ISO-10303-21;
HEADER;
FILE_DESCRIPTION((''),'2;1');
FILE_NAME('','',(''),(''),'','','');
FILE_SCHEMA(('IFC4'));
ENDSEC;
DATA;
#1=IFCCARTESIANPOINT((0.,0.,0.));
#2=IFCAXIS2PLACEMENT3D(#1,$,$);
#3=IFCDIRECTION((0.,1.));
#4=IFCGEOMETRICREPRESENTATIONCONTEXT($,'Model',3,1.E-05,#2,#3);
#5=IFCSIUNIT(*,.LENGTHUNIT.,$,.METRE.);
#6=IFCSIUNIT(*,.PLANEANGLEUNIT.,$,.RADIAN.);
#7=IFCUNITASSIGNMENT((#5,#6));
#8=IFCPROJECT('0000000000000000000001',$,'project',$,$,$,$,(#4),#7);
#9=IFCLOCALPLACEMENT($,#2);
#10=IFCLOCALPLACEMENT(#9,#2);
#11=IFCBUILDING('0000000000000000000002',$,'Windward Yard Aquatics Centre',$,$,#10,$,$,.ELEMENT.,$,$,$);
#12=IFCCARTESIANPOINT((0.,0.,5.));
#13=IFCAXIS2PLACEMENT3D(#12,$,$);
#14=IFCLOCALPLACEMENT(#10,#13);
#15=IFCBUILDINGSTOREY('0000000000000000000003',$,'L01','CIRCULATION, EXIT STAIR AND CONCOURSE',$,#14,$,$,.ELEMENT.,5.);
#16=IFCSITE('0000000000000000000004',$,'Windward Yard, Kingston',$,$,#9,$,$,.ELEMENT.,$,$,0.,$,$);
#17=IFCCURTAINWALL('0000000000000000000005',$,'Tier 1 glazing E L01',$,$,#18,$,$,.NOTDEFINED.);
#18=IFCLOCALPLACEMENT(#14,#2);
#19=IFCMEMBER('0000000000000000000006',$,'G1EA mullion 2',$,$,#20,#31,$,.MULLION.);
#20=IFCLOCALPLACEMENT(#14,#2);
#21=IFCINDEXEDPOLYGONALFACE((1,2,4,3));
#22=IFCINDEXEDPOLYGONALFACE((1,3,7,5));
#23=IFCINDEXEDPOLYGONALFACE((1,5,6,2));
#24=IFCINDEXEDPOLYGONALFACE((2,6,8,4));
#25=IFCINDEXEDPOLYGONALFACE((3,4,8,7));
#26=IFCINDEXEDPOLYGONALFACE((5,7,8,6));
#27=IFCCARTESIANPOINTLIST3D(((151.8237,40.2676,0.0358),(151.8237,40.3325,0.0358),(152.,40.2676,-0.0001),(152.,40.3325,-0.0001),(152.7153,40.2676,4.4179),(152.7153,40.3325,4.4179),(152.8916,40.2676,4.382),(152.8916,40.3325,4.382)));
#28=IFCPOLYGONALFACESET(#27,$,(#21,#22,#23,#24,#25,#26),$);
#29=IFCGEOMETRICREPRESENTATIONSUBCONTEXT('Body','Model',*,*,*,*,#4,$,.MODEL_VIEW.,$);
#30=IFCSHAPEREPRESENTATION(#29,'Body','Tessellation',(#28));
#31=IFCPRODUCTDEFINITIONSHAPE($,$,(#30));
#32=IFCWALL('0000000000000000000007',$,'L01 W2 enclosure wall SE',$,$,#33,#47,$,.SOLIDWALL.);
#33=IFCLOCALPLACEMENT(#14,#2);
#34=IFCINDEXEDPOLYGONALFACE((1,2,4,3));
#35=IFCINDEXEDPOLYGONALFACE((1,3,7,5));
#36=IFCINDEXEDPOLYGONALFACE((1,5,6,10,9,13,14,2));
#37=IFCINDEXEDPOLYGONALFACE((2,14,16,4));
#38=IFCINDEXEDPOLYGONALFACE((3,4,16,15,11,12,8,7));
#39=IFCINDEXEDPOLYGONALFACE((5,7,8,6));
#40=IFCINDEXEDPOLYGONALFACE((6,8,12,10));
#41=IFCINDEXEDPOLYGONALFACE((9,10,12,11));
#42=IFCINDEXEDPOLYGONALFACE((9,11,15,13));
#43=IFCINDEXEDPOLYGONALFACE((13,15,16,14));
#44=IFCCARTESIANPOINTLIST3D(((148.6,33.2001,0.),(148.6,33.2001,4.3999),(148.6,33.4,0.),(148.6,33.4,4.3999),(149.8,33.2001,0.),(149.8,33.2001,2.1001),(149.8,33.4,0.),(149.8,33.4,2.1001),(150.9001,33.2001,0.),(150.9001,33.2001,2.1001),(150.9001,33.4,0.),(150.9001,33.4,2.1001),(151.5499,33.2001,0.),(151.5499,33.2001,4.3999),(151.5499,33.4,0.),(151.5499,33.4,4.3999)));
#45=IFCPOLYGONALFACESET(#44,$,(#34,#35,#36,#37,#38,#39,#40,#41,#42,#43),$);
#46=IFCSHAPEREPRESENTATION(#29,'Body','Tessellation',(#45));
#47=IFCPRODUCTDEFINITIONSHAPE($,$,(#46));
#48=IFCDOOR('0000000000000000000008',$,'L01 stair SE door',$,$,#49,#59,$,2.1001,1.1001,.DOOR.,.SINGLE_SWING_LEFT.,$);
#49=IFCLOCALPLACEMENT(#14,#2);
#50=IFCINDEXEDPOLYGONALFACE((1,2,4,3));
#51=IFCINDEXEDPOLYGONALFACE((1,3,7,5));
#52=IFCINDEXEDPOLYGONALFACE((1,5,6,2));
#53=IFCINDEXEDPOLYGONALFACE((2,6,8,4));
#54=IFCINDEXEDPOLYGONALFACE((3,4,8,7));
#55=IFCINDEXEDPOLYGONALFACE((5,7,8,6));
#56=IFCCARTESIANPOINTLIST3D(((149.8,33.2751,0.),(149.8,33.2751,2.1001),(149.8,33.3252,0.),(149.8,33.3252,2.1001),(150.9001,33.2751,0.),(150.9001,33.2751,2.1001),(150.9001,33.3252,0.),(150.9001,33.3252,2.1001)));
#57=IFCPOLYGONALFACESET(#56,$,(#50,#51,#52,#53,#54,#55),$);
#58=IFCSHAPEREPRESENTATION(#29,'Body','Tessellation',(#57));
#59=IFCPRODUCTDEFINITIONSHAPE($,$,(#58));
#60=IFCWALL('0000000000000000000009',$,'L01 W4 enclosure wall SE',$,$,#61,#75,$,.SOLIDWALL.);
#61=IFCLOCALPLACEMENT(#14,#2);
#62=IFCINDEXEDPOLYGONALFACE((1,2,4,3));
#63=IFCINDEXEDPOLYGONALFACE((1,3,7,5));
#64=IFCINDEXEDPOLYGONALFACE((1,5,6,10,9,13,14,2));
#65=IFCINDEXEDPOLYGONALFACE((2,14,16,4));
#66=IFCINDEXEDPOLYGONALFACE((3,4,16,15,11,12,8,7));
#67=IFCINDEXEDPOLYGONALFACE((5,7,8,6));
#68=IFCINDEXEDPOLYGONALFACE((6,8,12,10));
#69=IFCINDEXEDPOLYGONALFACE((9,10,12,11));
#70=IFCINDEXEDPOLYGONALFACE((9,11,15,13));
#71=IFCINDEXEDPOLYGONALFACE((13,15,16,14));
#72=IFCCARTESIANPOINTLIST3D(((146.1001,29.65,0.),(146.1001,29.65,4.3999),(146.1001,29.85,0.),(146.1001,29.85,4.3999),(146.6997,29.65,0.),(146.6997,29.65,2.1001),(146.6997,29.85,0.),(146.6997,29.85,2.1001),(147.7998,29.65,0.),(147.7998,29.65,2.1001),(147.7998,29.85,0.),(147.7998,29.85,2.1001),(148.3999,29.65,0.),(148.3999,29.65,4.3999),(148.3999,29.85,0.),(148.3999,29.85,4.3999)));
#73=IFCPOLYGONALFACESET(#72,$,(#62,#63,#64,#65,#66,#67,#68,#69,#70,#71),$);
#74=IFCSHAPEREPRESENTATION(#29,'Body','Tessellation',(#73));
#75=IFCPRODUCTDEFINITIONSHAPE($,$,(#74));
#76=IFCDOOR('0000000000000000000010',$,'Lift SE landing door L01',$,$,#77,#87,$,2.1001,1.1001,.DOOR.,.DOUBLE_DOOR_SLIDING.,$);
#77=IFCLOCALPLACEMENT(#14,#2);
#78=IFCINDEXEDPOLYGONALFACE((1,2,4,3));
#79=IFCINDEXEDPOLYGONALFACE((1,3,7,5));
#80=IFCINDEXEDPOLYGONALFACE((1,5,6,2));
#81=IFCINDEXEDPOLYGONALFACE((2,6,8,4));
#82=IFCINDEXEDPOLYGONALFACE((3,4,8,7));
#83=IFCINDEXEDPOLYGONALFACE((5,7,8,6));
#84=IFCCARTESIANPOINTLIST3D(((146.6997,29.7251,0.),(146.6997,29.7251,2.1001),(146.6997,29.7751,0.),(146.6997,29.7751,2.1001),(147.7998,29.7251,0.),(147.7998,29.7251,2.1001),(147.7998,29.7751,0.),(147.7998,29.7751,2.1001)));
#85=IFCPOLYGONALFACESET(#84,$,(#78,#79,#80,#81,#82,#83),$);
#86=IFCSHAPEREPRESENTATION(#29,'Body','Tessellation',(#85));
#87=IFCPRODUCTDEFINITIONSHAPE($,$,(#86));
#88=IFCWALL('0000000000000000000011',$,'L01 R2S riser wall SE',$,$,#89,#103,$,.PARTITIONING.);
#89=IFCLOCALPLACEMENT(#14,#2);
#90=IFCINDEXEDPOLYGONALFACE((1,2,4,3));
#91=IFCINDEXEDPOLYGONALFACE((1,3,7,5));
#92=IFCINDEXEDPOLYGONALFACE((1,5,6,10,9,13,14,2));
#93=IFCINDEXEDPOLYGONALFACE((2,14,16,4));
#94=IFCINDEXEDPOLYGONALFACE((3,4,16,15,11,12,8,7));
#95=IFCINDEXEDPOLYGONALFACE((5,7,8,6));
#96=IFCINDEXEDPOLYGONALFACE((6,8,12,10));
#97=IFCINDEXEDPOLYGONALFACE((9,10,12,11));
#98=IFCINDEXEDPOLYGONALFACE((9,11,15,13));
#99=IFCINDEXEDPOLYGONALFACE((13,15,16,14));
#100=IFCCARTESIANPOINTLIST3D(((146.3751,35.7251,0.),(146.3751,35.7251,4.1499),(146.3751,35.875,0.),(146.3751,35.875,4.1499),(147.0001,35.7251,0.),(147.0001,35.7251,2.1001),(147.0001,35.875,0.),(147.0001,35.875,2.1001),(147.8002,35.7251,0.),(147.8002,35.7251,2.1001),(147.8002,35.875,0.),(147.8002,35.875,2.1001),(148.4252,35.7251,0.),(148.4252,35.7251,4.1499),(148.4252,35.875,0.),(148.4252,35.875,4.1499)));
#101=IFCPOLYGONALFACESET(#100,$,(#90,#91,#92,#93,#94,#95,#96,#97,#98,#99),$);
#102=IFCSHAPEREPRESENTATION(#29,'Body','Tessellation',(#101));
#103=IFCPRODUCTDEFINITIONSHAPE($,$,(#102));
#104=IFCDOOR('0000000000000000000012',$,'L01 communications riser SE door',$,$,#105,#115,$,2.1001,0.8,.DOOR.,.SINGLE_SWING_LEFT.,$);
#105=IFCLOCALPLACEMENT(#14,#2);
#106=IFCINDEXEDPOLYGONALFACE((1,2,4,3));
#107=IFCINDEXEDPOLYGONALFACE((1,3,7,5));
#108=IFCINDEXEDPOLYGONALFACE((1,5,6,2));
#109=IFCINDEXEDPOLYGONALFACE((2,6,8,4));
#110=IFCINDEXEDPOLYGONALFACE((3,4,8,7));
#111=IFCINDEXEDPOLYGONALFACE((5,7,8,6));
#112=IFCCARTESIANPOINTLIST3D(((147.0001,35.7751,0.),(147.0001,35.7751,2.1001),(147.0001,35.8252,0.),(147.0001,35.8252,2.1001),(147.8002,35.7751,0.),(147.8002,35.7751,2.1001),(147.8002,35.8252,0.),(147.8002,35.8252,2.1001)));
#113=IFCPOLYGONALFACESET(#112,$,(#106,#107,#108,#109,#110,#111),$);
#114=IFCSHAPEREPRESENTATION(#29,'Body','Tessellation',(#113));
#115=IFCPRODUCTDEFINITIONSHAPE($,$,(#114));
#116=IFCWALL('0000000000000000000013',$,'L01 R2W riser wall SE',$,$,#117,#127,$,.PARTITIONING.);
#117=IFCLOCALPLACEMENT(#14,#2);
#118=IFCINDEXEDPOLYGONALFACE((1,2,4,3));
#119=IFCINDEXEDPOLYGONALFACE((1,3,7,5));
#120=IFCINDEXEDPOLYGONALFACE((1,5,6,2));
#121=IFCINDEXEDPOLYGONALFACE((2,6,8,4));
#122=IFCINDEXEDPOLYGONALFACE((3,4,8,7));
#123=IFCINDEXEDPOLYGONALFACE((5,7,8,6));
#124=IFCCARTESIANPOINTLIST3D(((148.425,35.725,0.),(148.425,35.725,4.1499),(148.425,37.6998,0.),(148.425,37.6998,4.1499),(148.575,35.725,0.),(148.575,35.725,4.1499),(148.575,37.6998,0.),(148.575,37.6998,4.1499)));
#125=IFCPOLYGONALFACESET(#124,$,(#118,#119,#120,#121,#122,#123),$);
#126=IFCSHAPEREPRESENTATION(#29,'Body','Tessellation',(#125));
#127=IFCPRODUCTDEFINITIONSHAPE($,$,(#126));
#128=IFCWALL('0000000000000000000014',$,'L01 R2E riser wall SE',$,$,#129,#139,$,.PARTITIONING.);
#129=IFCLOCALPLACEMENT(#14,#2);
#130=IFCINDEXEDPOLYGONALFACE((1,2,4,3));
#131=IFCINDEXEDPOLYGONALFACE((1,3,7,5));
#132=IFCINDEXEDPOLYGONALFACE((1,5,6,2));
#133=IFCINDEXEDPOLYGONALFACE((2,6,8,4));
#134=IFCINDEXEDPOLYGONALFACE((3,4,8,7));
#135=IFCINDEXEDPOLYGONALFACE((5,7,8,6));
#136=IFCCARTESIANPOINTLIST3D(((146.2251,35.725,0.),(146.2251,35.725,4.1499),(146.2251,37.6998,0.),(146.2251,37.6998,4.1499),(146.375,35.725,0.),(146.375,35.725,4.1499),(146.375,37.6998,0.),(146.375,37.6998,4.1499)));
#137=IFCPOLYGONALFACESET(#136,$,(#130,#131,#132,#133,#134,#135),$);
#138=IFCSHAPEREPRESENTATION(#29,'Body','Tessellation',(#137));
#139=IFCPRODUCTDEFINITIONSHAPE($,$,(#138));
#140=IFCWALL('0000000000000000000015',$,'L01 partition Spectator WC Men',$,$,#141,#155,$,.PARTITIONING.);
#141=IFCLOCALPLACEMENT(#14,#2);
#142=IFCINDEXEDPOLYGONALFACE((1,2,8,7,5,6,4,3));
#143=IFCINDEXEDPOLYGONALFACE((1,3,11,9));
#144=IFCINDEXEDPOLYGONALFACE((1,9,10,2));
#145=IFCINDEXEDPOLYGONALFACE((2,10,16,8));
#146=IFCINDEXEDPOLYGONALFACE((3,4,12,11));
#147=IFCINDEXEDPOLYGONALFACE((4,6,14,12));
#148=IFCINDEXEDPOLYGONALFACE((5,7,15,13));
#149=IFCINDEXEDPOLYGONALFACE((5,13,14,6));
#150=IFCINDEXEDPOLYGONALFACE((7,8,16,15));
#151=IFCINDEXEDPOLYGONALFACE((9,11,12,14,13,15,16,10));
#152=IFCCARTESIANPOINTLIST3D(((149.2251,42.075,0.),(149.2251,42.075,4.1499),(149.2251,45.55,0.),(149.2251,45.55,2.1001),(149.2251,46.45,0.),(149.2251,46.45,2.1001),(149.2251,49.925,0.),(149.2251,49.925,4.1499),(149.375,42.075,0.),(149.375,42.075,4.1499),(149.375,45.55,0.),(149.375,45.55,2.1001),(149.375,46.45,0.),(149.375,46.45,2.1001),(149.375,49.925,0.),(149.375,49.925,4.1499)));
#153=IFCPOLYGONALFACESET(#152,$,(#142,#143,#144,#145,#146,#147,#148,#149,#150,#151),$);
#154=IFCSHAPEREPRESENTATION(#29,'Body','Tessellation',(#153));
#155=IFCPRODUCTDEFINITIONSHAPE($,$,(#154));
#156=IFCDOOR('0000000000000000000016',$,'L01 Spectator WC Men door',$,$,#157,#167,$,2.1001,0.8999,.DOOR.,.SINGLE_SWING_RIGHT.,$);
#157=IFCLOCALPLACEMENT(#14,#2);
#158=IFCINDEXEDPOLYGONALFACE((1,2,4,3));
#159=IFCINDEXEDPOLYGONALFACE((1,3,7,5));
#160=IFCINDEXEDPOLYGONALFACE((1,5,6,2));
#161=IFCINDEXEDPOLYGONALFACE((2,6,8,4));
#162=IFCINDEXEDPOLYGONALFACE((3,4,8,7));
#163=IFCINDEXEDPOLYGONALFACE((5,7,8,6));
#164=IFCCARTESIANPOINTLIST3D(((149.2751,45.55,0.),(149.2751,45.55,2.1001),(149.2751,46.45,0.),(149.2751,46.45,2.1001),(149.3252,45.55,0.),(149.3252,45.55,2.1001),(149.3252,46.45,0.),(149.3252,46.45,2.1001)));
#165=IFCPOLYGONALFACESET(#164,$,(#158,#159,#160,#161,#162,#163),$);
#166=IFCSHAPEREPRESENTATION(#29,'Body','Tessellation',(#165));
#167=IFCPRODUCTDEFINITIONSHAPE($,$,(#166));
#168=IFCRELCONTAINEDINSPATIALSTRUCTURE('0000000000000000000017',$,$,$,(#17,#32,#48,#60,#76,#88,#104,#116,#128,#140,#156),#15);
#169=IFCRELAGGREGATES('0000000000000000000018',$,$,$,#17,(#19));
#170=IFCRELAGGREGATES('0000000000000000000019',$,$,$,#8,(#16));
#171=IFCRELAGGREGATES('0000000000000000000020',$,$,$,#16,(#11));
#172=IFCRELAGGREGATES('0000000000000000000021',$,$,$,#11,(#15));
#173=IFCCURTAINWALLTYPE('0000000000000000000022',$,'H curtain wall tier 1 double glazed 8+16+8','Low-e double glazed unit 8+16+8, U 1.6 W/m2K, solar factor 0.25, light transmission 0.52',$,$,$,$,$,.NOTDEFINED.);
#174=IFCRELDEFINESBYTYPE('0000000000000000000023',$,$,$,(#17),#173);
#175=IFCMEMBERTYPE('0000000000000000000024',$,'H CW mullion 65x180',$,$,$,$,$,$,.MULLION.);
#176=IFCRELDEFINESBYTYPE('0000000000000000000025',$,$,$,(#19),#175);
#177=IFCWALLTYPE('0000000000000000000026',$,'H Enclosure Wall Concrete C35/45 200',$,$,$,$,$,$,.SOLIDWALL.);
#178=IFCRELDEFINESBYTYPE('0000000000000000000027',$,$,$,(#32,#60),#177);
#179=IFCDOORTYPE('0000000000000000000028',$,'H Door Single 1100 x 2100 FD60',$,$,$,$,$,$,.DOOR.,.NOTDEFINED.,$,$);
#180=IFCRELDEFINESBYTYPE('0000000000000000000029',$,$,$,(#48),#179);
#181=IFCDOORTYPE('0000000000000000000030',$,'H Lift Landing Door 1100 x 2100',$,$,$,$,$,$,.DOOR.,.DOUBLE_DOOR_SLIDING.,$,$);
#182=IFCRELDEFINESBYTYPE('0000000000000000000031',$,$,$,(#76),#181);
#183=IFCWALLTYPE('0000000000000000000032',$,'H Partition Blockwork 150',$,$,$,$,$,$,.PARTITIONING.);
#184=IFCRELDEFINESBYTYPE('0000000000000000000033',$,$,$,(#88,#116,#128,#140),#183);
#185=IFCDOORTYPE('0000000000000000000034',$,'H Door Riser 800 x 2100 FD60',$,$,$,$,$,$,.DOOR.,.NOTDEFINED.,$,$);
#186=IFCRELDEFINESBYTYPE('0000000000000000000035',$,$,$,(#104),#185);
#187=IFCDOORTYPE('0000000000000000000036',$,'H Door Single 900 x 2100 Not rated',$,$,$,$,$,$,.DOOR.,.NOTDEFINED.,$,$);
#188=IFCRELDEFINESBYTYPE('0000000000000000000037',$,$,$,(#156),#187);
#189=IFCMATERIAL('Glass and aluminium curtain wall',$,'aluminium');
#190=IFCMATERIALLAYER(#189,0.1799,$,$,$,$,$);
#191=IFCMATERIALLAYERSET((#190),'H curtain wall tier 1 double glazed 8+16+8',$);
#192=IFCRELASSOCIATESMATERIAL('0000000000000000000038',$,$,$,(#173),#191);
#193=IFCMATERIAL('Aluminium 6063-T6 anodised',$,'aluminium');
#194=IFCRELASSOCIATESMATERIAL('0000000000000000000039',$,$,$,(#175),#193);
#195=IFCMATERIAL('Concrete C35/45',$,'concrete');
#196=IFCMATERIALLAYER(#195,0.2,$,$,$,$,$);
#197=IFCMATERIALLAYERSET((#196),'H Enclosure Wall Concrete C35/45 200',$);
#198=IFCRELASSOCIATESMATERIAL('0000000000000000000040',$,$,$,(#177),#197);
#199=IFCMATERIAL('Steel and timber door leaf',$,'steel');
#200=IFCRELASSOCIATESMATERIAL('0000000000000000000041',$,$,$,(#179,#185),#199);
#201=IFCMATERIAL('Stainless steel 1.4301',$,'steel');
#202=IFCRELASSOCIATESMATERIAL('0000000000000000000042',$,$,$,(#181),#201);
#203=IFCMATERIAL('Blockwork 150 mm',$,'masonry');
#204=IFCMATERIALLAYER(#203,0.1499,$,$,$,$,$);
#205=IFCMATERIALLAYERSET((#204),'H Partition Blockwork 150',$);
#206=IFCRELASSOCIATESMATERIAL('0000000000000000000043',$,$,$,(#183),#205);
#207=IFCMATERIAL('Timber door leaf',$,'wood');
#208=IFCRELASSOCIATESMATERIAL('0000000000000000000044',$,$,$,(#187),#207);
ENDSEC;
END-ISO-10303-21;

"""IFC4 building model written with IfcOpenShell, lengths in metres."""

from ifc_helpers import new_model, si_unit, direction, frame, frame_2d, origin, origin_2d, place, context, subcontext, project, spatial, rectangle, extrude, material, layer, layer_set, material_profile, profile_set, type_object, element, fill, aggregate, save


model = new_model("IFC4")

# Units and contexts
model_context = context("Model", 3, precision=1e-05, world=origin(), true_north=direction((0.0, 1.0)))
body_context = subcontext(model_context, "Body", "Model", "MODEL_VIEW")
ifc_project = project(units=[si_unit("LENGTHUNIT", "METRE"), si_unit("PLANEANGLEUNIT", "RADIAN")], contexts=[model_context])

# Site, building, storey
site_placement = place(None, origin())
site = spatial("IfcSite", under=ifc_project, at=site_placement, Name="Windward Yard, Kingston", CompositionType="ELEMENT", RefElevation=0.0)
building_placement = place(site_placement, origin())
building = spatial("IfcBuilding", under=site, at=building_placement, Name="Windward Yard Aquatics Centre", CompositionType="ELEMENT")
storey_placement = place(building_placement, frame((0.0, 0.0, 5.0)))
storey = spatial("IfcBuildingStorey", under=building, at=storey_placement, Name="L01", Description="CIRCULATION, EXIT STAIR AND CONCOURSE", CompositionType="ELEMENT", Elevation=5.0)

# Curtain wall, member
ifc_material_1 = material(Name="Glass and aluminium curtain wall", Category="aluminium")
ifc_layer_1 = layer(ifc_material_1, 0.1799)
ifc_layer_set_1 = layer_set([ifc_layer_1], Name="H curtain wall tier 1 double glazed 8+16+8")
curtain_wall_type = type_object("IfcCurtainWallType", Name="H curtain wall tier 1 double glazed 8+16+8", Description="Low-e double glazed unit 8+16+8, U 1.6 W/m2K, solar factor 0.25, light transmission 0.52", PredefinedType="NOTDEFINED", material=ifc_layer_set_1)
curtain_wall_placement = place(storey_placement, origin())
curtain_wall = element("IfcCurtainWall", 1, at=curtain_wall_placement, inside=storey, type_object=curtain_wall_type, Name="Tier 1 glazing E L01", PredefinedType="NOTDEFINED")
ifc_material_2 = material(Name="Aluminium 6063-T6 anodised", Category="aluminium")
ifc_material_profile_1 = material_profile(ifc_material_2, rectangle(XDim=0.0649, YDim=0.1799, at=origin_2d()), Name="H CW mullion 65x180")
ifc_profile_set_1 = profile_set([ifc_material_profile_1], Name="Aluminium 6063-T6 anodised")
member_type = type_object("IfcMemberType", Name="H CW mullion 65x180", PredefinedType="MULLION", material=ifc_profile_set_1)
member_1_placement = place(storey_placement, frame((151.9119, 40.3, 0.0178), z_axis=(0.19938, 0.0, 0.979922), x_axis=(0.0, 1.0, 0.0)))
member_1 = element("IfcMember", 2, at=member_1_placement, type_object=member_type, Name="G1EA mullion 2", PredefinedType="MULLION", context=body_context, shape_type="SweptSolid", body=[
    extrude(rectangle(XDim=0.0649, YDim=0.1799, at=origin_2d()), origin(), (0.0, 0.0, 1.0), 4.4719),
])
aggregate(curtain_wall, [member_1])

# Walls, openings, doors
ifc_material_3 = material(Name="Concrete C35/45", Category="concrete")
ifc_layer_2 = layer(ifc_material_3, 0.2)
ifc_layer_set_2 = layer_set([ifc_layer_2], Name="H Enclosure Wall Concrete C35/45 200")
wall_type_1 = type_object("IfcWallType", Name="H Enclosure Wall Concrete C35/45 200", PredefinedType="SOLIDWALL", material=ifc_layer_set_2)
wall_1_placement = place(storey_placement, frame((151.55, 33.3, 0.0), z_axis=(0.0, 0.0, 1.0), x_axis=(-1.0, 0.0, 0.0)))
wall_1 = element("IfcWall", 3, at=wall_1_placement, inside=storey, type_object=wall_type_1, Name="L01 W2 enclosure wall SE", PredefinedType="SOLIDWALL", context=body_context, shape_type="SweptSolid", body=[
    extrude(rectangle(XDim=2.95, YDim=0.2, at=frame_2d((1.4751, 0.0))), origin(), (0.0, 0.0, 1.0), 4.3999),
])
opening_1_placement = place(wall_1_placement, frame((0.6499, 0.0, 0.0)))
opening_1 = element("IfcOpeningElement", 4, at=opening_1_placement, cuts=wall_1, PredefinedType="OPENING", context=body_context, shape_type="SweptSolid", body=[
    extrude(rectangle(XDim=1.1001, YDim=2.1001, at=frame_2d((0.55, 1.05))), frame((0.0, 0.1099, 0.0), z_axis=(0.0, -1.0, 0.0), x_axis=(1.0, 0.0, 0.0)), (0.0, 0.0, 1.0), 0.22),
])
ifc_material_4 = material(Name="Steel and timber door leaf", Category="steel")
door_type_1 = type_object("IfcDoorType", Name="H Door Single 1100 x 2100 FD60", OperationType="NOTDEFINED", PredefinedType="DOOR", material=ifc_material_4)
door_1_placement = place(opening_1_placement, origin())
door_1 = element("IfcDoor", 5, at=door_1_placement, inside=storey, type_object=door_type_1, Name="L01 stair SE door", OperationType="SINGLE_SWING_LEFT", OverallHeight=2.1001, OverallWidth=1.1001, PredefinedType="DOOR", context=body_context, shape_type="SweptSolid", body=[
    extrude(rectangle(XDim=1.1001, YDim=2.1001, at=frame_2d((0.55, 1.05))), frame((0.0, 0.0249, 0.0), z_axis=(0.0, -1.0, 0.0), x_axis=(1.0, 0.0, 0.0)), (0.0, 0.0, 1.0), 0.05),
])
fill(opening_1, door_1)
wall_2_placement = place(storey_placement, frame((148.3999, 29.75, 0.0), z_axis=(0.0, 0.0, 1.0), x_axis=(-1.0, 0.0, 0.0)))
wall_2 = element("IfcWall", 6, at=wall_2_placement, inside=storey, type_object=wall_type_1, Name="L01 W4 enclosure wall SE", PredefinedType="SOLIDWALL", context=body_context, shape_type="SweptSolid", body=[
    extrude(rectangle(XDim=2.2998, YDim=0.2, at=frame_2d((1.1499, 0.0))), origin(), (0.0, 0.0, 1.0), 4.3999),
])
opening_2_placement = place(wall_2_placement, frame((0.6001, 0.0, 0.0)))
opening_2 = element("IfcOpeningElement", 7, at=opening_2_placement, cuts=wall_2, PredefinedType="OPENING", context=body_context, shape_type="SweptSolid", body=[
    extrude(rectangle(XDim=1.1001, YDim=2.1001, at=frame_2d((0.55, 1.05))), frame((0.0, 0.1099, 0.0), z_axis=(0.0, -1.0, 0.0), x_axis=(1.0, 0.0, 0.0)), (0.0, 0.0, 1.0), 0.22),
])
ifc_material_5 = material(Name="Stainless steel 1.4301", Category="steel")
door_type_2 = type_object("IfcDoorType", Name="H Lift Landing Door 1100 x 2100", OperationType="DOUBLE_DOOR_SLIDING", PredefinedType="DOOR", material=ifc_material_5)
door_2_placement = place(opening_2_placement, origin())
door_2 = element("IfcDoor", 8, at=door_2_placement, inside=storey, type_object=door_type_2, Name="Lift SE landing door L01", OperationType="DOUBLE_DOOR_SLIDING", OverallHeight=2.1001, OverallWidth=1.1001, PredefinedType="DOOR", context=body_context, shape_type="SweptSolid", body=[
    extrude(rectangle(XDim=1.1001, YDim=2.1001, at=frame_2d((0.55, 1.05))), frame((0.0, 0.0249, 0.0), z_axis=(0.0, -1.0, 0.0), x_axis=(1.0, 0.0, 0.0)), (0.0, 0.0, 1.0), 0.05),
])
fill(opening_2, door_2)
ifc_material_6 = material(Name="Blockwork 150 mm", Category="masonry")
ifc_layer_3 = layer(ifc_material_6, 0.1499)
ifc_layer_set_3 = layer_set([ifc_layer_3], Name="H Partition Blockwork 150")
wall_type_2 = type_object("IfcWallType", Name="H Partition Blockwork 150", PredefinedType="PARTITIONING", material=ifc_layer_set_3)
wall_3_placement = place(storey_placement, frame((148.425, 35.8, 0.0), z_axis=(0.0, 0.0, 1.0), x_axis=(-1.0, 0.0, 0.0)))
wall_3 = element("IfcWall", 9, at=wall_3_placement, inside=storey, type_object=wall_type_2, Name="L01 R2S riser wall SE", PredefinedType="PARTITIONING", context=body_context, shape_type="SweptSolid", body=[
    extrude(rectangle(XDim=2.05, YDim=0.1499, at=frame_2d((1.0249, 0.0))), origin(), (0.0, 0.0, 1.0), 4.1499),
])
opening_3_placement = place(wall_3_placement, frame((0.625, 0.0, 0.0)))
opening_3 = element("IfcOpeningElement", 10, at=opening_3_placement, cuts=wall_3, PredefinedType="OPENING", context=body_context, shape_type="SweptSolid", body=[
    extrude(rectangle(XDim=0.8, YDim=2.1001, at=frame_2d((0.3999, 1.05))), frame((0.0, 0.085, 0.0), z_axis=(0.0, -1.0, 0.0), x_axis=(1.0, 0.0, 0.0)), (0.0, 0.0, 1.0), 0.1699),
])
door_type_3 = type_object("IfcDoorType", Name="H Door Riser 800 x 2100 FD60", OperationType="NOTDEFINED", PredefinedType="DOOR", material=ifc_material_4)
door_3_placement = place(opening_3_placement, origin())
door_3 = element("IfcDoor", 11, at=door_3_placement, inside=storey, type_object=door_type_3, Name="L01 communications riser SE door", OperationType="SINGLE_SWING_LEFT", OverallHeight=2.1001, OverallWidth=0.8, PredefinedType="DOOR", context=body_context, shape_type="SweptSolid", body=[
    extrude(rectangle(XDim=0.8, YDim=2.1001, at=frame_2d((0.3999, 1.05))), frame((0.0, 0.0249, 0.0), z_axis=(0.0, -1.0, 0.0), x_axis=(1.0, 0.0, 0.0)), (0.0, 0.0, 1.0), 0.05),
])
fill(opening_3, door_3)

# Walls
for number, where, z_axis, x_axis, name in (
    (12, (148.5, 35.7251, 0.0), (0.0, 0.0, 1.0), (0.0, 1.0, 0.0), "L01 R2W riser wall SE"),
    (13, (146.3, 35.7251, 0.0), (0.0, 0.0, 1.0), (0.0, 1.0, 0.0), "L01 R2E riser wall SE"),
):
    element("IfcWall", number, at=place(storey_placement, frame(where, z_axis=z_axis, x_axis=x_axis)), inside=storey, type_object=wall_type_2, Name=name, PredefinedType="PARTITIONING", context=body_context, shape_type="SweptSolid", body=[
        extrude(rectangle(XDim=1.9749, YDim=0.1499, at=frame_2d((0.9873, 0.0))), origin(), (0.0, 0.0, 1.0), 4.1499),
    ])

# Wall, opening, door
wall_4_placement = place(storey_placement, frame((149.3, 42.075, 0.0), z_axis=(0.0, 0.0, 1.0), x_axis=(0.0, 1.0, 0.0)))
wall_4 = element("IfcWall", 14, at=wall_4_placement, inside=storey, type_object=wall_type_2, Name="L01 partition Spectator WC Men", PredefinedType="PARTITIONING", context=body_context, shape_type="SweptSolid", body=[
    extrude(rectangle(XDim=7.8501, YDim=0.1499, at=frame_2d((3.925, 0.0))), origin(), (0.0, 0.0, 1.0), 4.1499),
])
opening_4_placement = place(wall_4_placement, frame((3.4751, 0.0, 0.0)))
opening_4 = element("IfcOpeningElement", 15, at=opening_4_placement, cuts=wall_4, PredefinedType="OPENING", context=body_context, shape_type="SweptSolid", body=[
    extrude(rectangle(XDim=0.8999, YDim=2.1001, at=frame_2d((0.45, 1.05))), frame((0.0, 0.085, 0.0), z_axis=(0.0, -1.0, 0.0), x_axis=(1.0, 0.0, 0.0)), (0.0, 0.0, 1.0), 0.1699),
])
ifc_material_7 = material(Name="Timber door leaf", Category="wood")
door_type_4 = type_object("IfcDoorType", Name="H Door Single 900 x 2100 Not rated", OperationType="NOTDEFINED", PredefinedType="DOOR", material=ifc_material_7)
door_4_placement = place(opening_4_placement, origin())
door_4 = element("IfcDoor", 16, at=door_4_placement, inside=storey, type_object=door_type_4, Name="L01 Spectator WC Men door", OperationType="SINGLE_SWING_RIGHT", OverallHeight=2.1001, OverallWidth=0.8999, PredefinedType="DOOR", context=body_context, shape_type="SweptSolid", body=[
    extrude(rectangle(XDim=0.8999, YDim=2.1001, at=frame_2d((0.45, 1.05))), frame((0.0, 0.0249, 0.0), z_axis=(0.0, -1.0, 0.0), x_axis=(1.0, 0.0, 0.0)), (0.0, 0.0, 1.0), 0.05),
])
fill(opening_4, door_4)

save(model, "model.ifc")
